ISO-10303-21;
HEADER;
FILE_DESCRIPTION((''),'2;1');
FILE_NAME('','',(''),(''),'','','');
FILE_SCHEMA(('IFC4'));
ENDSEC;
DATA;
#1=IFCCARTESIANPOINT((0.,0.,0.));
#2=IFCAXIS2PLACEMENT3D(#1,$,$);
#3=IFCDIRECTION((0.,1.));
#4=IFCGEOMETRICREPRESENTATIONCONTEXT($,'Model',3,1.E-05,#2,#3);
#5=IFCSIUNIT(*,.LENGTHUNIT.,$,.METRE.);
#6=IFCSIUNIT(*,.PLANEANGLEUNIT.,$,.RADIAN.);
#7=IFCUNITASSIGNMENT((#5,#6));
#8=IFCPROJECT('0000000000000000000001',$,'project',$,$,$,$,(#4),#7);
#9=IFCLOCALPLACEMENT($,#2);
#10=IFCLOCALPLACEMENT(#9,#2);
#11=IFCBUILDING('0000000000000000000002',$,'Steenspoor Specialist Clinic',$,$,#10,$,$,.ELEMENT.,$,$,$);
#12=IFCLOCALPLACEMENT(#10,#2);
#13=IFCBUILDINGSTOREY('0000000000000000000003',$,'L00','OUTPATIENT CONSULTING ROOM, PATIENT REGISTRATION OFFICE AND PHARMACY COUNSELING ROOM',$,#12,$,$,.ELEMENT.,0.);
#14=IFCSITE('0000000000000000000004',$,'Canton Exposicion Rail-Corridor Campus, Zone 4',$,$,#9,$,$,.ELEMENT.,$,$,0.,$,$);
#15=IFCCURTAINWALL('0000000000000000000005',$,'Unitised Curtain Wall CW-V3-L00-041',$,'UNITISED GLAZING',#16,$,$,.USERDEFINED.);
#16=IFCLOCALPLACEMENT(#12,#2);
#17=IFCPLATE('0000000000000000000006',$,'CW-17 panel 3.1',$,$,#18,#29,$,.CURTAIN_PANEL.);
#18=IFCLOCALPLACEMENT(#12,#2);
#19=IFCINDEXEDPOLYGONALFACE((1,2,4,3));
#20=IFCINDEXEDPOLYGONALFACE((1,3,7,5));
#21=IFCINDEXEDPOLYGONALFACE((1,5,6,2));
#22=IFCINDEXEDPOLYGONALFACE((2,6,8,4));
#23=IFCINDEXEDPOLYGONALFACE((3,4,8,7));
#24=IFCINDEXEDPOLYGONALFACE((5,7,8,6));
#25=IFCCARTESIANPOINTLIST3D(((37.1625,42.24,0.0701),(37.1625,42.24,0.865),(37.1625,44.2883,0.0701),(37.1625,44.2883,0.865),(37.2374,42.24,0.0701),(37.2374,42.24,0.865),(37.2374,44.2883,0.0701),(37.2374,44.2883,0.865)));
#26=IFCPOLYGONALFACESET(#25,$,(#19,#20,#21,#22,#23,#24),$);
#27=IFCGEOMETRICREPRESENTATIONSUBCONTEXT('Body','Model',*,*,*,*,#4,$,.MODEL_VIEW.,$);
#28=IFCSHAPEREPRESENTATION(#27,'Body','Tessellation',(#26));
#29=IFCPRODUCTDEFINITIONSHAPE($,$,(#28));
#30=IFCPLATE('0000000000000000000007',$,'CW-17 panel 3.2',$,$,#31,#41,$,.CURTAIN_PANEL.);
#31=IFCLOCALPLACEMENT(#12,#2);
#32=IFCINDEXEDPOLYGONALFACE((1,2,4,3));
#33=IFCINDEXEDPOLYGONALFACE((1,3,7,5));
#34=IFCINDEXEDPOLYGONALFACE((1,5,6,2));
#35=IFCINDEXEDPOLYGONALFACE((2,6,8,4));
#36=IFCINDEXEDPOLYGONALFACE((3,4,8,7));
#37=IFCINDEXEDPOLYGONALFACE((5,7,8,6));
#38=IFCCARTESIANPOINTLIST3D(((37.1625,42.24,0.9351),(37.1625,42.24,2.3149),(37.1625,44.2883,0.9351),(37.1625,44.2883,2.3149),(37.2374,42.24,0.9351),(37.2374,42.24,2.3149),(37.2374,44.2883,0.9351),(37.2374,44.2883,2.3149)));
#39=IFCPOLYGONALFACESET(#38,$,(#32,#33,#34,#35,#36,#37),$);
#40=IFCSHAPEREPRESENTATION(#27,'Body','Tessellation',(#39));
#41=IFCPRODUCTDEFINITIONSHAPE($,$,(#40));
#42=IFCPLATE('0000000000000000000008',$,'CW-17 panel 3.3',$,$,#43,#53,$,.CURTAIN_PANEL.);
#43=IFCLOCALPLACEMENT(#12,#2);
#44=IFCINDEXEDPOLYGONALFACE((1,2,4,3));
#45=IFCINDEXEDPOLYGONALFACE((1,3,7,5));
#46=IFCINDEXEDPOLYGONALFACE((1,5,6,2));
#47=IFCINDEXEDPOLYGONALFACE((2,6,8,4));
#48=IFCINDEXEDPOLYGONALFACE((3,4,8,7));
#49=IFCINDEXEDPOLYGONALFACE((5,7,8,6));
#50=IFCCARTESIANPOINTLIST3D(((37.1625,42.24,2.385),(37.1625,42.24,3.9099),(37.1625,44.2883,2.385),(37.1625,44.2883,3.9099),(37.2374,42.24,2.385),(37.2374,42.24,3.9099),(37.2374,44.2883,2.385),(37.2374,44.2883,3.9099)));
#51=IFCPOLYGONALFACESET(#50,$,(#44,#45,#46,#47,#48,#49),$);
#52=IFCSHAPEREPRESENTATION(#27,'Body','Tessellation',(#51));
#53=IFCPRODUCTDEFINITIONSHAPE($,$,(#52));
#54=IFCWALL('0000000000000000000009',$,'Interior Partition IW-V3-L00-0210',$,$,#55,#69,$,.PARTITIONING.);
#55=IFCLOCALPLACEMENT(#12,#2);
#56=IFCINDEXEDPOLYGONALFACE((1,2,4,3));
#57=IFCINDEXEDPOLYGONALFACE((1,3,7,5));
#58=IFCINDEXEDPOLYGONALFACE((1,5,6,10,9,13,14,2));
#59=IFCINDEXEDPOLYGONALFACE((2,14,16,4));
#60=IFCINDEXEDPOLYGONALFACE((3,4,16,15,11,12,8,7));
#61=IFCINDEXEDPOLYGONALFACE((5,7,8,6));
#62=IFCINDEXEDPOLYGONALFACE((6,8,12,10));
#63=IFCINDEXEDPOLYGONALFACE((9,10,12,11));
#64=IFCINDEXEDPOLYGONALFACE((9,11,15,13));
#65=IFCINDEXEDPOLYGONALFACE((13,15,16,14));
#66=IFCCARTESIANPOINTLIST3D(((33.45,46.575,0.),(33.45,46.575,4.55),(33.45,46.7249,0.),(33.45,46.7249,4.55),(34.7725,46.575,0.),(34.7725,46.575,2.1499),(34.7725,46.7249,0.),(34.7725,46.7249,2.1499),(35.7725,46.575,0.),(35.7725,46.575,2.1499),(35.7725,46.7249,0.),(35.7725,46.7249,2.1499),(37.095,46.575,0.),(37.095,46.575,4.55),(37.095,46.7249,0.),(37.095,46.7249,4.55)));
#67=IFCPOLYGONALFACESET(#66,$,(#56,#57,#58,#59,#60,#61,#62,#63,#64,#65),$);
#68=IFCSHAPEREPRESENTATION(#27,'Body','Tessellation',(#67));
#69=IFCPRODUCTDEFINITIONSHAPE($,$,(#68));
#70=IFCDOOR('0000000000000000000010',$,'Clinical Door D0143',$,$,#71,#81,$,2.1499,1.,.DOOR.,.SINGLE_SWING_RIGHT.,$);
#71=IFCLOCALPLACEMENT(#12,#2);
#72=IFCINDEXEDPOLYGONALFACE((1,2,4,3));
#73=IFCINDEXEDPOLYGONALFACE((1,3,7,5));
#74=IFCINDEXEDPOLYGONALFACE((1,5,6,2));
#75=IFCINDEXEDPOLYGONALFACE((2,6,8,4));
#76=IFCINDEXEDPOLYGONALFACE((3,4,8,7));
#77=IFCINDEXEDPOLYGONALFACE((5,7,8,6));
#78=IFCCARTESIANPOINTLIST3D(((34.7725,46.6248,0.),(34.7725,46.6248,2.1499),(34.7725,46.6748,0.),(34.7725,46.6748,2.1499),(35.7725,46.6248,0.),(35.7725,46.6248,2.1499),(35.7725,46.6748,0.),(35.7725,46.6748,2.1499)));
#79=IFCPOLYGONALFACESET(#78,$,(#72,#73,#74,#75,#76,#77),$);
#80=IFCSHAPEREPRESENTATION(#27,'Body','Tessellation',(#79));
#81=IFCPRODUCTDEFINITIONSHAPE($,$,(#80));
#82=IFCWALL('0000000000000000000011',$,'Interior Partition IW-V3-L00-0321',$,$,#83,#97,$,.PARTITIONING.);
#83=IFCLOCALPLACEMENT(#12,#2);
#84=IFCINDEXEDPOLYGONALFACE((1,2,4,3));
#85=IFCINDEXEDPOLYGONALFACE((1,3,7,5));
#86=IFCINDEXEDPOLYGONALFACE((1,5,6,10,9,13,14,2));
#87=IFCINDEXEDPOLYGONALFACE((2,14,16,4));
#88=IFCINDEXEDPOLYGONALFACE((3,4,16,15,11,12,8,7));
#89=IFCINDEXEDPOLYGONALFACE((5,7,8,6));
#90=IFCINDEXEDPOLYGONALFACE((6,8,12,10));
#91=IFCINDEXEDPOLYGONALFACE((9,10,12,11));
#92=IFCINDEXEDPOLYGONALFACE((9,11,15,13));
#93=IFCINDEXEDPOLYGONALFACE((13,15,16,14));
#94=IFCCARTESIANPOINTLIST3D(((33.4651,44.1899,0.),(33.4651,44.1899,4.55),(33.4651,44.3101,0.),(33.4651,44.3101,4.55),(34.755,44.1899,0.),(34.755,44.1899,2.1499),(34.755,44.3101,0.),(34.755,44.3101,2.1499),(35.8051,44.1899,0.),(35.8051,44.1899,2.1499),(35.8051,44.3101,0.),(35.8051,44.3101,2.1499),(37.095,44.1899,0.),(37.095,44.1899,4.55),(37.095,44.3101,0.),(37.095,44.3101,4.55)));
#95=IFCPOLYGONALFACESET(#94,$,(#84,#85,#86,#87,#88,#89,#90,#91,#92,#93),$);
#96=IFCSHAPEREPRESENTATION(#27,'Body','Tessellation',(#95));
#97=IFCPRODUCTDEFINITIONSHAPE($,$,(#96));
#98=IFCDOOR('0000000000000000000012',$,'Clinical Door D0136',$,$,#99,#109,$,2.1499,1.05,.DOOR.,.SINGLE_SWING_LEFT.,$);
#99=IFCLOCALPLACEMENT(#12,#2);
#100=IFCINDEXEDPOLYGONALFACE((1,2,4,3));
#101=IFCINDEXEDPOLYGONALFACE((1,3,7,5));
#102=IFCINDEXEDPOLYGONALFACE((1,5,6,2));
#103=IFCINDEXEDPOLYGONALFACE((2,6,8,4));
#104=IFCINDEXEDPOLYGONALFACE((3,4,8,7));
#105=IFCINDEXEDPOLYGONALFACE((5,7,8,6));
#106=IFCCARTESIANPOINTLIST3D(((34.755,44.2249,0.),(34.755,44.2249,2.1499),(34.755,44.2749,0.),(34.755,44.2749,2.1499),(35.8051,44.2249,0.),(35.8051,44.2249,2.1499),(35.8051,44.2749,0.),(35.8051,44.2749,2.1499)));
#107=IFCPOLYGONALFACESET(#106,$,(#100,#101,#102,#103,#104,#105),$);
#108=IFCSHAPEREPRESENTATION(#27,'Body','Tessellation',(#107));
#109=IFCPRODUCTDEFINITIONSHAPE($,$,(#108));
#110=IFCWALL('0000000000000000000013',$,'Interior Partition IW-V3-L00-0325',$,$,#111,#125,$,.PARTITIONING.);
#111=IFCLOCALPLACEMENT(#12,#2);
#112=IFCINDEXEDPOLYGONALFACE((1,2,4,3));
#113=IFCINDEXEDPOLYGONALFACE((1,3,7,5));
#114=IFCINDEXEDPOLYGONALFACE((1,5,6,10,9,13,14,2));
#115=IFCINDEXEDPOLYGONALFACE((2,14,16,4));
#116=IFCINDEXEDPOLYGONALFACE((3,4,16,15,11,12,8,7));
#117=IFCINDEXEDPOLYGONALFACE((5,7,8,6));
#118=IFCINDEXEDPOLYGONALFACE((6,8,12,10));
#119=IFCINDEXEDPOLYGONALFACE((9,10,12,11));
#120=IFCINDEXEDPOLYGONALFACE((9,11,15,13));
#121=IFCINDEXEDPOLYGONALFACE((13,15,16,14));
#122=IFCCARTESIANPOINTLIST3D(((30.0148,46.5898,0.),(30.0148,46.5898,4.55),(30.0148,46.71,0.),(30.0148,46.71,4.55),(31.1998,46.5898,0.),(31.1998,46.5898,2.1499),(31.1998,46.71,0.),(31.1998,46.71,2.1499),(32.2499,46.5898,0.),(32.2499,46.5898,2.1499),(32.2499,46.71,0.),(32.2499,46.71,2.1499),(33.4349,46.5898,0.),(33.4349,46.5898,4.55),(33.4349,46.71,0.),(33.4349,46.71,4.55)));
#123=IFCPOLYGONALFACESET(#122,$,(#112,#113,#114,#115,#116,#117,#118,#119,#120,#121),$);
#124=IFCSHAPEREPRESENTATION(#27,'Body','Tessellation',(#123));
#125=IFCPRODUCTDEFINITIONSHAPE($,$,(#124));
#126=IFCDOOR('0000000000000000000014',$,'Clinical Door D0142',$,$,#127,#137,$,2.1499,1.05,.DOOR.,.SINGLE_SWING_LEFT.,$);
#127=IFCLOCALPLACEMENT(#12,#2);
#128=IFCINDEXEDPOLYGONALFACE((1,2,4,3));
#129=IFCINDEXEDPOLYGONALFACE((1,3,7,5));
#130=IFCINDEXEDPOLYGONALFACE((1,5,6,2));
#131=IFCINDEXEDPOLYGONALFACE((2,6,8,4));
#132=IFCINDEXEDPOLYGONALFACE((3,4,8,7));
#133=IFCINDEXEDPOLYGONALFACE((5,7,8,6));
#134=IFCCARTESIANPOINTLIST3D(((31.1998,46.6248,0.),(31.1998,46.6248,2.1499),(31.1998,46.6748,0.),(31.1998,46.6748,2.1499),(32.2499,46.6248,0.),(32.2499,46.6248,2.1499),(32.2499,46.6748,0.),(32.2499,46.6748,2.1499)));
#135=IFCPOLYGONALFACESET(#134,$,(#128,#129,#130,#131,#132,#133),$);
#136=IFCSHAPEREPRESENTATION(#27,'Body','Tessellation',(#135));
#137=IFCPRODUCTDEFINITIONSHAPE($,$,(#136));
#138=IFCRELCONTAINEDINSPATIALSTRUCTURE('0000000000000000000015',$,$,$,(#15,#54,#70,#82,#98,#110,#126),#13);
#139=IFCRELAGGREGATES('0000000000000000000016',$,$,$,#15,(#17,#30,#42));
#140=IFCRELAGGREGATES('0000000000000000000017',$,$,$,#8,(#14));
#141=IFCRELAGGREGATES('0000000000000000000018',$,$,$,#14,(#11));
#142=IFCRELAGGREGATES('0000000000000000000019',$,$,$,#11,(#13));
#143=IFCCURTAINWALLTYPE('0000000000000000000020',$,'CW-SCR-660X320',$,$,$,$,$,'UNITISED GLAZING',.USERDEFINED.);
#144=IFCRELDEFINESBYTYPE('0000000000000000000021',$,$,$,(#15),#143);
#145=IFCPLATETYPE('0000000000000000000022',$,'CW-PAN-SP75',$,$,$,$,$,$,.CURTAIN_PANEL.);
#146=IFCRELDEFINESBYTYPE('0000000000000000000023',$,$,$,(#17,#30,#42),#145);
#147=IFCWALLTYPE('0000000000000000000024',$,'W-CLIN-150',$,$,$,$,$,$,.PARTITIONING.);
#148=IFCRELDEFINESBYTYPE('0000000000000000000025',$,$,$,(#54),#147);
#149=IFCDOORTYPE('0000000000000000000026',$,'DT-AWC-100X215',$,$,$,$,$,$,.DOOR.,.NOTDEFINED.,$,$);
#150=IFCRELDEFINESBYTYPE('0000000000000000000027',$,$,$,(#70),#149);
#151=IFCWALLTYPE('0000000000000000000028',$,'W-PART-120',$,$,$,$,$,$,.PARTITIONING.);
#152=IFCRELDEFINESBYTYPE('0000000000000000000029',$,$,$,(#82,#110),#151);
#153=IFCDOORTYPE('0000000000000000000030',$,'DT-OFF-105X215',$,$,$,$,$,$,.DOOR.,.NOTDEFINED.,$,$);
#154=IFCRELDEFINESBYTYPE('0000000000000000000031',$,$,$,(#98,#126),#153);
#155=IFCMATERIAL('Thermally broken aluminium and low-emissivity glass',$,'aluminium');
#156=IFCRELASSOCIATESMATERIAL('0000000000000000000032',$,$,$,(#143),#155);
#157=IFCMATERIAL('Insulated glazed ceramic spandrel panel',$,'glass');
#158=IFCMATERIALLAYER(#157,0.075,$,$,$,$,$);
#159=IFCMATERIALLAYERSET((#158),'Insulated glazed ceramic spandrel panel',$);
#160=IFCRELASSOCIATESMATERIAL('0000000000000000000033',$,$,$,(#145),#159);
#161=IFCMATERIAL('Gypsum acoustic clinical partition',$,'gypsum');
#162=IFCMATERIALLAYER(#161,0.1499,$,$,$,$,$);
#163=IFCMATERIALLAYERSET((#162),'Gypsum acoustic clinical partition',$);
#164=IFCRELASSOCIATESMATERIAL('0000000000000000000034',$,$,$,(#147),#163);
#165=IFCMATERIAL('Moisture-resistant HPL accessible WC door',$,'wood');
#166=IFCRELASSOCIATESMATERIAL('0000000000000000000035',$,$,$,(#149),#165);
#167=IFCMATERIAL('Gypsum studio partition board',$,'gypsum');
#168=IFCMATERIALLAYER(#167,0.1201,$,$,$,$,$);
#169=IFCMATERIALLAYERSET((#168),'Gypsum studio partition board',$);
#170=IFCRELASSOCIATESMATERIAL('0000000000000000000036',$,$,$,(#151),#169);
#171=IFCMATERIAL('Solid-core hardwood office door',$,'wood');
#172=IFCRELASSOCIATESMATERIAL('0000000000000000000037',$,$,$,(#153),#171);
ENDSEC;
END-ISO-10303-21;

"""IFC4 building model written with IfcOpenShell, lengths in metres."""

from ifc_helpers import new_model, si_unit, direction, frame, frame_2d, origin, origin_2d, place, context, subcontext, project, spatial, rectangle, extrude, material, layer, layer_set, type_object, element, fill, aggregate, save


model = new_model("IFC4")

# Units and contexts
model_context = context("Model", 3, precision=1e-05, world=origin(), true_north=direction((0.0, 1.0)))
body_context = subcontext(model_context, "Body", "Model", "MODEL_VIEW")
ifc_project = project(units=[si_unit("LENGTHUNIT", "METRE"), si_unit("PLANEANGLEUNIT", "RADIAN")], contexts=[model_context])

# Site, building, storey
site_placement = place(None, origin())
site = spatial("IfcSite", under=ifc_project, at=site_placement, Name="Canton Exposicion Rail-Corridor Campus, Zone 4", CompositionType="ELEMENT", RefElevation=0.0)
building_placement = place(site_placement, origin())
building = spatial("IfcBuilding", under=site, at=building_placement, Name="Steenspoor Specialist Clinic", CompositionType="ELEMENT")
storey_placement = place(building_placement, origin())
storey = spatial("IfcBuildingStorey", under=building, at=storey_placement, Name="L00", Description="OUTPATIENT CONSULTING ROOM, PATIENT REGISTRATION OFFICE AND PHARMACY COUNSELING ROOM", CompositionType="ELEMENT", Elevation=0.0)

# Curtain wall, plates
ifc_material_1 = material(Name="Thermally broken aluminium and low-emissivity glass", Category="aluminium")
curtain_wall_type = type_object("IfcCurtainWallType", Name="CW-SCR-660X320", ElementType="UNITISED GLAZING", PredefinedType="USERDEFINED", material=ifc_material_1)
curtain_wall_placement = place(storey_placement, origin())
curtain_wall = element("IfcCurtainWall", 1, at=curtain_wall_placement, inside=storey, type_object=curtain_wall_type, Name="Unitised Curtain Wall CW-V3-L00-041", ObjectType="UNITISED GLAZING", PredefinedType="USERDEFINED")
ifc_material_2 = material(Name="Insulated glazed ceramic spandrel panel", Category="glass")
ifc_layer_1 = layer(ifc_material_2, 0.075)
ifc_layer_set_1 = layer_set([ifc_layer_1], Name="Insulated glazed ceramic spandrel panel")
plate_type = type_object("IfcPlateType", Name="CW-PAN-SP75", PredefinedType="CURTAIN_PANEL", material=ifc_layer_set_1)
plate_1_placement = place(storey_placement, frame((37.2, 43.2642, 0.0701), z_axis=(0.0, 0.0, 1.0), x_axis=(0.0, -1.0, 0.0)))
plate_1 = element("IfcPlate", 2, at=plate_1_placement, type_object=plate_type, Name="CW-17 panel 3.1", PredefinedType="CURTAIN_PANEL", context=body_context, shape_type="SweptSolid", body=[
    extrude(rectangle(XDim=2.0483, YDim=0.075, at=origin_2d()), origin(), (0.0, 0.0, 1.0), 0.7949),
])
plate_2_placement = place(storey_placement, frame((37.2, 43.2642, 0.9351), z_axis=(0.0, 0.0, 1.0), x_axis=(0.0, -1.0, 0.0)))
plate_2 = element("IfcPlate", 3, at=plate_2_placement, type_object=plate_type, Name="CW-17 panel 3.2", PredefinedType="CURTAIN_PANEL", context=body_context, shape_type="SweptSolid", body=[
    extrude(rectangle(XDim=2.0483, YDim=0.075, at=origin_2d()), origin(), (0.0, 0.0, 1.0), 1.3799),
])
plate_3_placement = place(storey_placement, frame((37.2, 43.2642, 2.385), z_axis=(0.0, 0.0, 1.0), x_axis=(0.0, -1.0, 0.0)))
plate_3 = element("IfcPlate", 4, at=plate_3_placement, type_object=plate_type, Name="CW-17 panel 3.3", PredefinedType="CURTAIN_PANEL", context=body_context, shape_type="SweptSolid", body=[
    extrude(rectangle(XDim=2.0483, YDim=0.075, at=origin_2d()), origin(), (0.0, 0.0, 1.0), 1.5249),
])
aggregate(curtain_wall, [plate_1, plate_2, plate_3])

# Walls, openings, doors
ifc_material_3 = material(Name="Gypsum acoustic clinical partition", Category="gypsum")
ifc_layer_2 = layer(ifc_material_3, 0.1499)
ifc_layer_set_2 = layer_set([ifc_layer_2], Name="Gypsum acoustic clinical partition")
wall_type_1 = type_object("IfcWallType", Name="W-CLIN-150", PredefinedType="PARTITIONING", material=ifc_layer_set_2)
wall_1_placement = place(storey_placement, frame((33.45, 46.6499, 0.0), z_axis=(0.0, 0.0, 1.0), x_axis=(1.0, 0.0, 0.0)))
wall_1 = element("IfcWall", 5, at=wall_1_placement, inside=storey, type_object=wall_type_1, Name="Interior Partition IW-V3-L00-0210", PredefinedType="PARTITIONING", context=body_context, shape_type="SweptSolid", body=[
    extrude(rectangle(XDim=3.645, YDim=0.1499, at=frame_2d((1.8225, 0.0))), origin(), (0.0, 0.0, 1.0), 4.55),
])
opening_1_placement = place(wall_1_placement, frame((1.3225, 0.0, 0.0)))
opening_1 = element("IfcOpeningElement", 6, at=opening_1_placement, cuts=wall_1, PredefinedType="OPENING", context=body_context, shape_type="SweptSolid", body=[
    extrude(rectangle(XDim=1.0, YDim=2.1499, at=frame_2d((0.5, 1.075))), frame((0.0, 0.085, 0.0), z_axis=(0.0, -1.0, 0.0), x_axis=(1.0, 0.0, 0.0)), (0.0, 0.0, 1.0), 0.1699),
])
ifc_material_4 = material(Name="Moisture-resistant HPL accessible WC door", Category="wood")
door_type_1 = type_object("IfcDoorType", Name="DT-AWC-100X215", OperationType="NOTDEFINED", PredefinedType="DOOR", material=ifc_material_4)
door_1_placement = place(opening_1_placement, origin())
door_1 = element("IfcDoor", 7, at=door_1_placement, inside=storey, type_object=door_type_1, Name="Clinical Door D0143", OperationType="SINGLE_SWING_RIGHT", OverallHeight=2.1499, OverallWidth=1.0, PredefinedType="DOOR", context=body_context, shape_type="SweptSolid", body=[
    extrude(rectangle(XDim=1.0, YDim=2.1499, at=frame_2d((0.5, 1.075))), frame((0.0, 0.0249, 0.0), z_axis=(0.0, -1.0, 0.0), x_axis=(1.0, 0.0, 0.0)), (0.0, 0.0, 1.0), 0.05),
])
fill(opening_1, door_1)
ifc_material_5 = material(Name="Gypsum studio partition board", Category="gypsum")
ifc_layer_3 = layer(ifc_material_5, 0.1201)
ifc_layer_set_3 = layer_set([ifc_layer_3], Name="Gypsum studio partition board")
wall_type_2 = type_object("IfcWallType", Name="W-PART-120", PredefinedType="PARTITIONING", material=ifc_layer_set_3)
wall_2_placement = place(storey_placement, frame((33.4651, 44.25, 0.0), z_axis=(0.0, 0.0, 1.0), x_axis=(1.0, 0.0, 0.0)))
wall_2 = element("IfcWall", 8, at=wall_2_placement, inside=storey, type_object=wall_type_2, Name="Interior Partition IW-V3-L00-0321", PredefinedType="PARTITIONING", context=body_context, shape_type="SweptSolid", body=[
    extrude(rectangle(XDim=3.6299, YDim=0.1201, at=frame_2d((1.8149, 0.0))), origin(), (0.0, 0.0, 1.0), 4.55),
])
opening_2_placement = place(wall_2_placement, frame((1.29, 0.0, 0.0)))
opening_2 = element("IfcOpeningElement", 9, at=opening_2_placement, cuts=wall_2, PredefinedType="OPENING", context=body_context, shape_type="SweptSolid", body=[
    extrude(rectangle(XDim=1.05, YDim=2.1499, at=frame_2d((0.5249, 1.075))), frame((0.0, 0.0701, 0.0), z_axis=(0.0, -1.0, 0.0), x_axis=(1.0, 0.0, 0.0)), (0.0, 0.0, 1.0), 0.1401),
])
ifc_material_6 = material(Name="Solid-core hardwood office door", Category="wood")
door_type_2 = type_object("IfcDoorType", Name="DT-OFF-105X215", OperationType="NOTDEFINED", PredefinedType="DOOR", material=ifc_material_6)
door_2_placement = place(opening_2_placement, origin())
door_2 = element("IfcDoor", 10, at=door_2_placement, inside=storey, type_object=door_type_2, Name="Clinical Door D0136", OperationType="SINGLE_SWING_LEFT", OverallHeight=2.1499, OverallWidth=1.05, PredefinedType="DOOR", context=body_context, shape_type="SweptSolid", body=[
    extrude(rectangle(XDim=1.05, YDim=2.1499, at=frame_2d((0.5249, 1.075))), frame((0.0, 0.0249, 0.0), z_axis=(0.0, -1.0, 0.0), x_axis=(1.0, 0.0, 0.0)), (0.0, 0.0, 1.0), 0.05),
])
fill(opening_2, door_2)
wall_3_placement = place(storey_placement, frame((30.0149, 46.6499, 0.0), z_axis=(0.0, 0.0, 1.0), x_axis=(1.0, 0.0, 0.0)))
wall_3 = element("IfcWall", 11, at=wall_3_placement, inside=storey, type_object=wall_type_2, Name="Interior Partition IW-V3-L00-0325", PredefinedType="PARTITIONING", context=body_context, shape_type="SweptSolid", body=[
    extrude(rectangle(XDim=3.4202, YDim=0.1201, at=frame_2d((1.71, 0.0))), origin(), (0.0, 0.0, 1.0), 4.55),
])
opening_3_placement = place(wall_3_placement, frame((1.1851, 0.0, 0.0)))
opening_3 = element("IfcOpeningElement", 12, at=opening_3_placement, cuts=wall_3, PredefinedType="OPENING", context=body_context, shape_type="SweptSolid", body=[
    extrude(rectangle(XDim=1.05, YDim=2.1499, at=frame_2d((0.5249, 1.075))), frame((0.0, 0.0701, 0.0), z_axis=(0.0, -1.0, 0.0), x_axis=(1.0, 0.0, 0.0)), (0.0, 0.0, 1.0), 0.1401),
])
door_3_placement = place(opening_3_placement, origin())
door_3 = element("IfcDoor", 13, at=door_3_placement, inside=storey, type_object=door_type_2, Name="Clinical Door D0142", OperationType="SINGLE_SWING_LEFT", OverallHeight=2.1499, OverallWidth=1.05, PredefinedType="DOOR", context=body_context, shape_type="SweptSolid", body=[
    extrude(rectangle(XDim=1.05, YDim=2.1499, at=frame_2d((0.5249, 1.075))), frame((0.0, 0.0249, 0.0), z_axis=(0.0, -1.0, 0.0), x_axis=(1.0, 0.0, 0.0)), (0.0, 0.0, 1.0), 0.05),
])
fill(opening_3, door_3)

save(model, "model.ifc")
